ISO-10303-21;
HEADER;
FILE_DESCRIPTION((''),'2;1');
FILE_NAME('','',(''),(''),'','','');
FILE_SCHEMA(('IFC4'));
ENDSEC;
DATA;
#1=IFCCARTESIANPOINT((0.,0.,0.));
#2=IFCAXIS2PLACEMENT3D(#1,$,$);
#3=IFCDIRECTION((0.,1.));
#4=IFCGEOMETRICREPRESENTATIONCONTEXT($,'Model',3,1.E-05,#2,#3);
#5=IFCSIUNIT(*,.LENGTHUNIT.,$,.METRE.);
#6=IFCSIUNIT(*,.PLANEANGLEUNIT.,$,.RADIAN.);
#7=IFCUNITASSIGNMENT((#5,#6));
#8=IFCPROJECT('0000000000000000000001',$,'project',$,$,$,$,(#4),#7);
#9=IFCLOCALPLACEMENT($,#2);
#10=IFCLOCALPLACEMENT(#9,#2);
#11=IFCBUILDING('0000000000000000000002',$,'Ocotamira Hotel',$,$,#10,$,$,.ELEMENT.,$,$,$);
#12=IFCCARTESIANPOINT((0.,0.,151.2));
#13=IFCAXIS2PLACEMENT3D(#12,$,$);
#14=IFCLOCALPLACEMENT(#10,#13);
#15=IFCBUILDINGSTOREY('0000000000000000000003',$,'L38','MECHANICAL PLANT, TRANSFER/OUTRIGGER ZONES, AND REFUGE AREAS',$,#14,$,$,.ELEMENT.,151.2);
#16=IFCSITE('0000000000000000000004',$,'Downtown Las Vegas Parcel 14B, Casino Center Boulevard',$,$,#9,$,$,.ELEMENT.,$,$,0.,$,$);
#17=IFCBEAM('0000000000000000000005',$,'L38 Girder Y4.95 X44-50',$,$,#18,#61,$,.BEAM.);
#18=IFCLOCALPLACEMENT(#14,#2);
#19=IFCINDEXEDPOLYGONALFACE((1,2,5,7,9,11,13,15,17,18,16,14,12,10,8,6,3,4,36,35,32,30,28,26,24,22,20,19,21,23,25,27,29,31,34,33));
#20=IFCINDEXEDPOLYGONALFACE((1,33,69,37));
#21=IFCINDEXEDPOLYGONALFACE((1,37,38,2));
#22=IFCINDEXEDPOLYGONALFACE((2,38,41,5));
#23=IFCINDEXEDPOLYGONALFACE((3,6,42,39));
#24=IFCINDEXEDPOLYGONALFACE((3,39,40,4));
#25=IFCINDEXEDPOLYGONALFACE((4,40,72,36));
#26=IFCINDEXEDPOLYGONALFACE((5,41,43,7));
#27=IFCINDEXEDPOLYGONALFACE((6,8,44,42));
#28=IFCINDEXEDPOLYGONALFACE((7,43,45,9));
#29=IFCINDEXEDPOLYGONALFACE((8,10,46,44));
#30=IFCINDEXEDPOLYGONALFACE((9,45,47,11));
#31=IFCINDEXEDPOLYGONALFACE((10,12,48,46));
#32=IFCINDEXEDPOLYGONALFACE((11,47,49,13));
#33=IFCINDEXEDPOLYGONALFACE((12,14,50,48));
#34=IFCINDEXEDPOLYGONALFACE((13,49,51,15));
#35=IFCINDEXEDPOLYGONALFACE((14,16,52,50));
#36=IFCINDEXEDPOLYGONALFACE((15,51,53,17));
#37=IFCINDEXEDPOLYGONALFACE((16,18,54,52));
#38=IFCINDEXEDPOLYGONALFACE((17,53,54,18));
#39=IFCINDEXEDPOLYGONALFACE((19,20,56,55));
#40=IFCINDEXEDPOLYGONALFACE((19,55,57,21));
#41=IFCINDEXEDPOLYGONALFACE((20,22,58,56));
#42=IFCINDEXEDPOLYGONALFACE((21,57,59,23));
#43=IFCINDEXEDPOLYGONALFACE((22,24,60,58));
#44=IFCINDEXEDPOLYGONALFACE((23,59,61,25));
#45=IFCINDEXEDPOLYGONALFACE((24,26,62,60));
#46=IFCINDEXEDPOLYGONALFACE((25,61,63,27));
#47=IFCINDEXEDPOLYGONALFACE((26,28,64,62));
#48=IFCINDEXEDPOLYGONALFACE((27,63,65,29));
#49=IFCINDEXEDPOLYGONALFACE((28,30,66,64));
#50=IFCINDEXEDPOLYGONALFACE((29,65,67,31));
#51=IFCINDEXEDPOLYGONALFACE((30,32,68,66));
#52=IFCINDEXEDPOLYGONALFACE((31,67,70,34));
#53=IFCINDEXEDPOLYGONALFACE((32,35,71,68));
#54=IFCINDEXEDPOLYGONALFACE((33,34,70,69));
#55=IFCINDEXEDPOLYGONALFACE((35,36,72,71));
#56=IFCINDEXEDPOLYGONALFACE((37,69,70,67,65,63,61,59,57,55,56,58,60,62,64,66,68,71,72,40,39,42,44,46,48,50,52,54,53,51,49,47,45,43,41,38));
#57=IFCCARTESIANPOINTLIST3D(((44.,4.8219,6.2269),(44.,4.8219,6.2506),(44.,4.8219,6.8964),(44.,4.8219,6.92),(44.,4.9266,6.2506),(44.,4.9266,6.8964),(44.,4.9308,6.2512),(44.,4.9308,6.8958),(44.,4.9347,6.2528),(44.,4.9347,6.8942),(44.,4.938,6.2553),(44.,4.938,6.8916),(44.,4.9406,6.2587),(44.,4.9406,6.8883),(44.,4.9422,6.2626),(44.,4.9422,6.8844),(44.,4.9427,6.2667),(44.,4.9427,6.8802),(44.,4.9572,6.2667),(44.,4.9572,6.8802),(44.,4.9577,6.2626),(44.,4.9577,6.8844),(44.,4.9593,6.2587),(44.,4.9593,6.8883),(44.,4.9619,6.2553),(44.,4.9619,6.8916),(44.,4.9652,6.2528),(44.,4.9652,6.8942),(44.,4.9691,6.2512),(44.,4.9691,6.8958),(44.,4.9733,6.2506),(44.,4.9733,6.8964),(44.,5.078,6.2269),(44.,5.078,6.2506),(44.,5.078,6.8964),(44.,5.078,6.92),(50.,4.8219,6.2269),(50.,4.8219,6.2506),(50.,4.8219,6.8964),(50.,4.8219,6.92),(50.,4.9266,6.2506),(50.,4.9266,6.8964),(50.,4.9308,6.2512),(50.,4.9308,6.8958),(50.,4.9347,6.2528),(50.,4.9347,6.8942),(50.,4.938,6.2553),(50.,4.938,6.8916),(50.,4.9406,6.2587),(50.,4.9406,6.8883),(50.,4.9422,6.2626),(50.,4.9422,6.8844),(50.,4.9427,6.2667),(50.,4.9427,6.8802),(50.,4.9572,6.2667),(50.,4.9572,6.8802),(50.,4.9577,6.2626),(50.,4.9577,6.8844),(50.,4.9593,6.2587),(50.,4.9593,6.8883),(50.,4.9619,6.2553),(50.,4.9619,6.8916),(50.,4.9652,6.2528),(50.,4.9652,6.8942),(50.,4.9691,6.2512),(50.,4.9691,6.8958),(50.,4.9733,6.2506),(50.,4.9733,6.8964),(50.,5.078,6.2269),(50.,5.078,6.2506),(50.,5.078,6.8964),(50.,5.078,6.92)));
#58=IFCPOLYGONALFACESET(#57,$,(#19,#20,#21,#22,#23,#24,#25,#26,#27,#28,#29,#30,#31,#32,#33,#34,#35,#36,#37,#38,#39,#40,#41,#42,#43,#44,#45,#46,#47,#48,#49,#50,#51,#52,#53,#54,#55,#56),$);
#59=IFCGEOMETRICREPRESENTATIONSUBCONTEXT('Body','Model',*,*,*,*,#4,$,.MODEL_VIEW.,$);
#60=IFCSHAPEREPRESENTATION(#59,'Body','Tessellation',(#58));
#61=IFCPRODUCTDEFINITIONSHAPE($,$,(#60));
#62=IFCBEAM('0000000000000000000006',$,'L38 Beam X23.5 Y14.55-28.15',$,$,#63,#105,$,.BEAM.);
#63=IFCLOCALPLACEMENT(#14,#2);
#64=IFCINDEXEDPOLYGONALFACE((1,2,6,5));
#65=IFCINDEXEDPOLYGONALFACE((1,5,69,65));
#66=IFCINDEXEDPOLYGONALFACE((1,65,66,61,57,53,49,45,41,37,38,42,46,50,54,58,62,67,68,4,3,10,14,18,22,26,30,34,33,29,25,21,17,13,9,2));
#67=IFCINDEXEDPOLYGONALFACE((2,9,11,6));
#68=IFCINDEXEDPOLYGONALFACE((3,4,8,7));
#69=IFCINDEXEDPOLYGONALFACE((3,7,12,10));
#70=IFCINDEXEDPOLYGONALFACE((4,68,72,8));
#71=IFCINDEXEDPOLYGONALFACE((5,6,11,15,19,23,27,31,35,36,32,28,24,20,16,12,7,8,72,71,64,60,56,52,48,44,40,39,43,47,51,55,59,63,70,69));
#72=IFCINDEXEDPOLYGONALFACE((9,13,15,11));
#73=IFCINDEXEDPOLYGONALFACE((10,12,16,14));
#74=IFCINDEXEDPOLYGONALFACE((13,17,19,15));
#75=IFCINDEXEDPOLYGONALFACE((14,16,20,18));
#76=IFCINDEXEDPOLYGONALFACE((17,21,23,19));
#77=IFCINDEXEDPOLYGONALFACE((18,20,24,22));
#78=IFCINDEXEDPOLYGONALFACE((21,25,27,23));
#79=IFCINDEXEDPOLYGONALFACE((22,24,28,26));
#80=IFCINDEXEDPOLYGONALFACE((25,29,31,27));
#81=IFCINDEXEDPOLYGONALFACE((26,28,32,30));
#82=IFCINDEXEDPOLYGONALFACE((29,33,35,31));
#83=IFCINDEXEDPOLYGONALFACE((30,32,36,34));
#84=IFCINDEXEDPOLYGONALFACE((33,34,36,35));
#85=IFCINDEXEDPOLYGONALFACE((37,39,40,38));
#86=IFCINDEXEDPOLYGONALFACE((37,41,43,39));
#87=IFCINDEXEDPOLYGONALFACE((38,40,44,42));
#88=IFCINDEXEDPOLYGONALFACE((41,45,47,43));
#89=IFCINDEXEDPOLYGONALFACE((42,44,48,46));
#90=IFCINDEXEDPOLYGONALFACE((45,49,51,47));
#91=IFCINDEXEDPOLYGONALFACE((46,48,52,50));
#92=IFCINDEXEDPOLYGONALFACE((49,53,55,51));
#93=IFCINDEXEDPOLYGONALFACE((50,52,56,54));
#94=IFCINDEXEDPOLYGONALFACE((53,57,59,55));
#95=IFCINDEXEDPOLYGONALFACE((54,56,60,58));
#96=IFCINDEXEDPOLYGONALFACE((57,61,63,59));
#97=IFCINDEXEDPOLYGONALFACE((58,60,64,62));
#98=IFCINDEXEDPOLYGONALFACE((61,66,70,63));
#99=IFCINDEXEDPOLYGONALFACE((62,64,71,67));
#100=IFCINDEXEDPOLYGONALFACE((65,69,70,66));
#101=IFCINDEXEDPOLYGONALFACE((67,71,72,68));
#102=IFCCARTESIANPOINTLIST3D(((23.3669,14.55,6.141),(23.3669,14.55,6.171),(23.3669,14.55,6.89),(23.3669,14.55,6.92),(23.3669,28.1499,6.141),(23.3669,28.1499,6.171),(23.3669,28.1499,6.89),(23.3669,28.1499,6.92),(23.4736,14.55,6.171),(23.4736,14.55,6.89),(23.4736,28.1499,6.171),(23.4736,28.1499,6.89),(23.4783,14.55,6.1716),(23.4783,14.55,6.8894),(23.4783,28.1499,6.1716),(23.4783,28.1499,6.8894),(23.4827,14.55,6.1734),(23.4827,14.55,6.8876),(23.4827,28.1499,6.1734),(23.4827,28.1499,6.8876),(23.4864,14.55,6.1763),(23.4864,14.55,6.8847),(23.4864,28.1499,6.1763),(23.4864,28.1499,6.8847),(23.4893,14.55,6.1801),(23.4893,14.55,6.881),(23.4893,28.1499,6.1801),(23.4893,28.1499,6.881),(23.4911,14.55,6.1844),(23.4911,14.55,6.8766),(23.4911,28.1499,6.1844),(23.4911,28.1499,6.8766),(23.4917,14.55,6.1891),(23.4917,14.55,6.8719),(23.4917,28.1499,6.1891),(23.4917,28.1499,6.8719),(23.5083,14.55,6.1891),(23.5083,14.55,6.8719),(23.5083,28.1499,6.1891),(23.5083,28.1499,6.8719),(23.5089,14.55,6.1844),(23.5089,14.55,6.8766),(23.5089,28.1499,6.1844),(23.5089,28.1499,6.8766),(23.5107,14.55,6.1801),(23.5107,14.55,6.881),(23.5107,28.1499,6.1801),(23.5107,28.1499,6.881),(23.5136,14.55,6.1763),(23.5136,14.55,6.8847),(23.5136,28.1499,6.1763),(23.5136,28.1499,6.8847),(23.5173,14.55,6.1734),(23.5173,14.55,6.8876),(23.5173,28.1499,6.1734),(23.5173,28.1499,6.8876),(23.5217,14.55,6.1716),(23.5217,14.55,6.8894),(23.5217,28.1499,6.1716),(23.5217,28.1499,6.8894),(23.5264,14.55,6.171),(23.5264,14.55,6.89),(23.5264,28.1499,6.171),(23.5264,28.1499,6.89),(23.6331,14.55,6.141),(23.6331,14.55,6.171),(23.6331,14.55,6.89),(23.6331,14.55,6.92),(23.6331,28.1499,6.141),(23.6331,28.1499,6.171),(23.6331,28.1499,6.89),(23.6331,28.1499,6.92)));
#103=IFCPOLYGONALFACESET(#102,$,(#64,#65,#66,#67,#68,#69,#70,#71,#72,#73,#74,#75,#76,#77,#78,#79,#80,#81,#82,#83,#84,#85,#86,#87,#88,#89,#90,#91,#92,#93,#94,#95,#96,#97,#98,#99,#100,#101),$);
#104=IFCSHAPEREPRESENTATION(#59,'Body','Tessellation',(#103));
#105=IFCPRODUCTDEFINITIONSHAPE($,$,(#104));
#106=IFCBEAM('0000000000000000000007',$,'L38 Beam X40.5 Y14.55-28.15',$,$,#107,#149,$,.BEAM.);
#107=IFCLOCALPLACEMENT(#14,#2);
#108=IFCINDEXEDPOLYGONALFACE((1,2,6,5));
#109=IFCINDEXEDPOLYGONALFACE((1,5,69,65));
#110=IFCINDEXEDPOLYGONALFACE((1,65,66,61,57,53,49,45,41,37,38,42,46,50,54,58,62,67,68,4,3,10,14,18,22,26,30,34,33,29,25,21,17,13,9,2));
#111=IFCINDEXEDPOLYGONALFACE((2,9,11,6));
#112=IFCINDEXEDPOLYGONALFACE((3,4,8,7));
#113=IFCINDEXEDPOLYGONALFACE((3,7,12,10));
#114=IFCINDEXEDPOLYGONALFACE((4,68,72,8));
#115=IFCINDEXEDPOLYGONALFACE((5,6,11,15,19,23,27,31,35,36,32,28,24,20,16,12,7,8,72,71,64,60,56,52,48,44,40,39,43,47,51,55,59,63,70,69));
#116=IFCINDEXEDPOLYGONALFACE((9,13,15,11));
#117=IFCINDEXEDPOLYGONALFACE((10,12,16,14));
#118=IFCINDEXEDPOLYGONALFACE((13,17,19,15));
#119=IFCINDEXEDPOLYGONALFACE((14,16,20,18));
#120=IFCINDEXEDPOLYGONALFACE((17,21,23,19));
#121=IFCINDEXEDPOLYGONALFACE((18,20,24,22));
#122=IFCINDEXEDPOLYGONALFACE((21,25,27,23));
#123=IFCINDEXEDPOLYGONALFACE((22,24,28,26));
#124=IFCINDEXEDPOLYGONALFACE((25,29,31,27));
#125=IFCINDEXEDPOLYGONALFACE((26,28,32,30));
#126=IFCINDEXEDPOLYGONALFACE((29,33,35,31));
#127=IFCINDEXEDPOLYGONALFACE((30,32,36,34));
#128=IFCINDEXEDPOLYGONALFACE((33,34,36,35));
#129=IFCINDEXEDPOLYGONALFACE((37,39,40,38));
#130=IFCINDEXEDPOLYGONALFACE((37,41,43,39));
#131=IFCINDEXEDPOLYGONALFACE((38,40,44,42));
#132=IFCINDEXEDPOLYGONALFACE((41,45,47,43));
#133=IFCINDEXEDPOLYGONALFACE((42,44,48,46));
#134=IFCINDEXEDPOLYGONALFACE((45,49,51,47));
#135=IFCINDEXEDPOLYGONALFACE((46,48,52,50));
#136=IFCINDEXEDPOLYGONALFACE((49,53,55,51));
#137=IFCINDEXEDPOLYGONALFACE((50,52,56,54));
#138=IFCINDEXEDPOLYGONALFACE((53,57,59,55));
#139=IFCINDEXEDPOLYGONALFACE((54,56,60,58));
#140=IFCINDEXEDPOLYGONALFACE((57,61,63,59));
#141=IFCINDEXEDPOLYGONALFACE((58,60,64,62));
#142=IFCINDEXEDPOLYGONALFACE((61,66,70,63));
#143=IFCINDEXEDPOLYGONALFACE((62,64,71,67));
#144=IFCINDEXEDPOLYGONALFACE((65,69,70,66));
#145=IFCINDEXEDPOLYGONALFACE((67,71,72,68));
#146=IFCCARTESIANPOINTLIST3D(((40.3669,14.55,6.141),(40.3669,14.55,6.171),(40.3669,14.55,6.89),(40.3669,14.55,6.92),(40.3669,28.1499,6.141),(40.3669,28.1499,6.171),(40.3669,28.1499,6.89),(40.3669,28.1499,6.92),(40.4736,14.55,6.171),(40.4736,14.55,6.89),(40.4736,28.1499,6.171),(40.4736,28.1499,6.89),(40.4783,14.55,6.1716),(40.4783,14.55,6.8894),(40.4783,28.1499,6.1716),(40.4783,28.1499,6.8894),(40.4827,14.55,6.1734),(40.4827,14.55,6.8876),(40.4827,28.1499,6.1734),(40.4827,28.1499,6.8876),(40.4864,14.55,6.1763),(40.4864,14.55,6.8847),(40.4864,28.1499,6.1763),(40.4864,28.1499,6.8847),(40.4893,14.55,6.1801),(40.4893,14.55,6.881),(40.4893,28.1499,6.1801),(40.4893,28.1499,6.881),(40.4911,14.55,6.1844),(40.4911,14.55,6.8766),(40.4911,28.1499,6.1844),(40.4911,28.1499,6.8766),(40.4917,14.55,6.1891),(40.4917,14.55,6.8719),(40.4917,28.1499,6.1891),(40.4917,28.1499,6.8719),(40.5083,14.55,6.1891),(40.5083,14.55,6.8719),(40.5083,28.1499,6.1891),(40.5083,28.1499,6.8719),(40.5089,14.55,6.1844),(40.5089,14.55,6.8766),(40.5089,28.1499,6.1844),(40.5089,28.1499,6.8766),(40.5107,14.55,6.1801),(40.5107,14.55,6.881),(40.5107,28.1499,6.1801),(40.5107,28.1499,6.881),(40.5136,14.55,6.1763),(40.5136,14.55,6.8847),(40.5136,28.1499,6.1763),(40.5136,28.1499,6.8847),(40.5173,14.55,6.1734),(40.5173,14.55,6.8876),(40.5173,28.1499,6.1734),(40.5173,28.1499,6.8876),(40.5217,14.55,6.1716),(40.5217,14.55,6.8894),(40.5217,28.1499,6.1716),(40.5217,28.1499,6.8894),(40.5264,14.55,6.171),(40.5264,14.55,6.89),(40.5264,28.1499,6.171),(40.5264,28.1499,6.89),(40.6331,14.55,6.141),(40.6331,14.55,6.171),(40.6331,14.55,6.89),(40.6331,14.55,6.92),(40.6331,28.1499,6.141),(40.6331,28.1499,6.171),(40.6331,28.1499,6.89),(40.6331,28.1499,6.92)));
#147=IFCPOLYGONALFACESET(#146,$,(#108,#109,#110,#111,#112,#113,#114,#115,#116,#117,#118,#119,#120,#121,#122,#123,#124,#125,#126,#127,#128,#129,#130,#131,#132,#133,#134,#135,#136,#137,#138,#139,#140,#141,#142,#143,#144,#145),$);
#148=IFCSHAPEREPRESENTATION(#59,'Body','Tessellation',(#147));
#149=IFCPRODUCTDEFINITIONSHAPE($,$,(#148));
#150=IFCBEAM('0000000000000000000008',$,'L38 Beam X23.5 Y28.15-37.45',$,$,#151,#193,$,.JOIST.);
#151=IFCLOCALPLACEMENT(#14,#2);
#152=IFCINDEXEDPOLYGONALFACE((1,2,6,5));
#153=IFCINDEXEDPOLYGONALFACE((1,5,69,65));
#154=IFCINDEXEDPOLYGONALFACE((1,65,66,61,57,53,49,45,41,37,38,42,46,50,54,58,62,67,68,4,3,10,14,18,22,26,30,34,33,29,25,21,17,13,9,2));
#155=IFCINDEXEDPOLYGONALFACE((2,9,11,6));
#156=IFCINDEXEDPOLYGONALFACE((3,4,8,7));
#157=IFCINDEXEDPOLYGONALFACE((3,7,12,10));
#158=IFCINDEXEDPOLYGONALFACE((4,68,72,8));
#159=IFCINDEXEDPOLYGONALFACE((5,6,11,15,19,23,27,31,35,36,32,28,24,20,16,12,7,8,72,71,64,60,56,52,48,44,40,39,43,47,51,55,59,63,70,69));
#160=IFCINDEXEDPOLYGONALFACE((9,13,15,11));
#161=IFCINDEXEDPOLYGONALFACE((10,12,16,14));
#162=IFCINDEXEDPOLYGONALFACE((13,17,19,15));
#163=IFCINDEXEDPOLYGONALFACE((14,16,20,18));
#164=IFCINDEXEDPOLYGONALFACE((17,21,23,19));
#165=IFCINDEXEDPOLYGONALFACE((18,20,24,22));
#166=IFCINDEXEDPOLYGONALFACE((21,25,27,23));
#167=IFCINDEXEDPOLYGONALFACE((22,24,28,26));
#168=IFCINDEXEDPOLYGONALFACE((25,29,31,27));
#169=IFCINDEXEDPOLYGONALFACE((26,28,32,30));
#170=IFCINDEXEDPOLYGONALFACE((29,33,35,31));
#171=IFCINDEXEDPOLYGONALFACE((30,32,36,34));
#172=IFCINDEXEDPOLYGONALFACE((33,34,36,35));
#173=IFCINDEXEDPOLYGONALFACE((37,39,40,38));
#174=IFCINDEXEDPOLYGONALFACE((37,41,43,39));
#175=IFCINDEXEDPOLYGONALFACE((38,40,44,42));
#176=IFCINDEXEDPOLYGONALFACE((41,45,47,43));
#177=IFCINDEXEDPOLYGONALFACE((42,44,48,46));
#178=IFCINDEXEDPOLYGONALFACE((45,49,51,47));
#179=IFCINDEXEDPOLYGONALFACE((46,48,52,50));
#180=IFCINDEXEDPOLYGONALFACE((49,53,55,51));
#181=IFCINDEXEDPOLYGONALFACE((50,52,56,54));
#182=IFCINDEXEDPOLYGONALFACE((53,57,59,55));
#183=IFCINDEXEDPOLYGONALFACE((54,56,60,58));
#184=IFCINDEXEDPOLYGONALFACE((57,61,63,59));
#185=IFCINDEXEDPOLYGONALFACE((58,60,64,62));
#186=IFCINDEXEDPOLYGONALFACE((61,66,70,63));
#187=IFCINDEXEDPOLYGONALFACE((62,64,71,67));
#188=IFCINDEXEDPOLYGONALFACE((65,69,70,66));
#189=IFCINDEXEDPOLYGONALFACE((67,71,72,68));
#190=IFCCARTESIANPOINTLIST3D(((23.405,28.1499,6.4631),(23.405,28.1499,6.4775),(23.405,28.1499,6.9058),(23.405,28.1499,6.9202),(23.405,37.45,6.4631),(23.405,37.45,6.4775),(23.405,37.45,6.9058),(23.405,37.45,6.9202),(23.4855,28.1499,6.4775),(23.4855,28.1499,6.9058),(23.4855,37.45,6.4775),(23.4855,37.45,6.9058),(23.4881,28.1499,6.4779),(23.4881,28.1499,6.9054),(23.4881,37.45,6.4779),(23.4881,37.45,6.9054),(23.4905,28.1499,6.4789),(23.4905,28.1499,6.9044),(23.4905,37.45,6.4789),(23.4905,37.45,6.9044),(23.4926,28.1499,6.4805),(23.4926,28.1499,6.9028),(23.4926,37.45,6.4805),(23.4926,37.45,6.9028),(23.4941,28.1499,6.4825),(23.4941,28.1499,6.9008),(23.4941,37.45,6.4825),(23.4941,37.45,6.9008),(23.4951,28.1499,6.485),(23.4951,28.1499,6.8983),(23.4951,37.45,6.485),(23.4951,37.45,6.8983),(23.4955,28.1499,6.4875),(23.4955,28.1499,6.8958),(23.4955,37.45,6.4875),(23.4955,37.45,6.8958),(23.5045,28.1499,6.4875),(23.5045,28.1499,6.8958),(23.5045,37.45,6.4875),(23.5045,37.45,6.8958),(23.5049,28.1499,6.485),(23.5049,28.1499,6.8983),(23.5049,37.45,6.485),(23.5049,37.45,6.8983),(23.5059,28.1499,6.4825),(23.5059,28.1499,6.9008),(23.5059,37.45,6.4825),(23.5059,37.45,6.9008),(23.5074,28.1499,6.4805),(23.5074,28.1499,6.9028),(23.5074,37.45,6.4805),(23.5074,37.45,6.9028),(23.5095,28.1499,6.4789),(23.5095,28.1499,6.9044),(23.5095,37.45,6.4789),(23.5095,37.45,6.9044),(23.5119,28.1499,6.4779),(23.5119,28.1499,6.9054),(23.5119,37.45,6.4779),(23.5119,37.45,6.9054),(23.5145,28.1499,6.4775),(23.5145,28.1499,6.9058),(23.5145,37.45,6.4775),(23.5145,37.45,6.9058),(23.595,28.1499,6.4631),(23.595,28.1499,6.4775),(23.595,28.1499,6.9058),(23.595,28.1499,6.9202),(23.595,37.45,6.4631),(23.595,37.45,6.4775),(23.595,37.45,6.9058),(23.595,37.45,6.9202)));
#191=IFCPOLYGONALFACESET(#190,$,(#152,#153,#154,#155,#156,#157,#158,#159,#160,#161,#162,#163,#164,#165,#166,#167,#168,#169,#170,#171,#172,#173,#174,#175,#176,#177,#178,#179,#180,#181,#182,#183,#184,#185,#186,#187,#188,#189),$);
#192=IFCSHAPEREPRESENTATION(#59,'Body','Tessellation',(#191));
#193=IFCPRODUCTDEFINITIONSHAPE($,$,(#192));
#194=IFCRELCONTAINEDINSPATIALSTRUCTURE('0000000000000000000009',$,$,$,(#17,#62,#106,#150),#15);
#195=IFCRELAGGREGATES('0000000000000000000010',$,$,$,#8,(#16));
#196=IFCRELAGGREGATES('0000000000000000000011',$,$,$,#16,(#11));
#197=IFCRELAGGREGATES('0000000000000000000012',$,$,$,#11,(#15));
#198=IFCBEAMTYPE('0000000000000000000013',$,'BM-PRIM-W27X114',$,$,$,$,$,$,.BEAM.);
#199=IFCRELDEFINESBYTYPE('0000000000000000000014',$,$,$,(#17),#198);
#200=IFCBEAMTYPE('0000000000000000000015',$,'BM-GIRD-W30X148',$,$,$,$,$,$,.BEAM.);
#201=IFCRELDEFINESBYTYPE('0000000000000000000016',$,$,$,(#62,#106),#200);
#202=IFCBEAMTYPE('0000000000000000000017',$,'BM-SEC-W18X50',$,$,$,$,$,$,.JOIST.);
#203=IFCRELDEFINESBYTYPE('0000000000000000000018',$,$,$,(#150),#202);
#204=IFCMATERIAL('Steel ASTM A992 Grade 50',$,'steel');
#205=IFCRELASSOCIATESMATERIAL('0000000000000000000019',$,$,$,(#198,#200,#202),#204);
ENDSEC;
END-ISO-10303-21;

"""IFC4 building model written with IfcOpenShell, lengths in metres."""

from ifc_helpers import new_model, si_unit, direction, frame, origin, origin_2d, place, context, subcontext, project, spatial, i_section, extrude, source, transform, mapped, material, material_profile, profile_set, type_object, element, save


model = new_model("IFC4")

# Units and contexts
model_context = context("Model", 3, precision=1e-05, world=origin(), true_north=direction((0.0, 1.0)))
body_context = subcontext(model_context, "Body", "Model", "MODEL_VIEW")
ifc_project = project(units=[si_unit("LENGTHUNIT", "METRE"), si_unit("PLANEANGLEUNIT", "RADIAN")], contexts=[model_context])

# Site, building, storey
site_placement = place(None, origin())
site = spatial("IfcSite", under=ifc_project, at=site_placement, Name="Downtown Las Vegas Parcel 14B, Casino Center Boulevard", CompositionType="ELEMENT", RefElevation=0.0)
building_placement = place(site_placement, origin())
building = spatial("IfcBuilding", under=site, at=building_placement, Name="Ocotamira Hotel", CompositionType="ELEMENT")
storey_placement = place(building_placement, frame((0.0, 0.0, 151.2)))
storey = spatial("IfcBuildingStorey", under=building, at=storey_placement, Name="L38", Description="MECHANICAL PLANT, TRANSFER/OUTRIGGER ZONES, AND REFUGE AREAS", CompositionType="ELEMENT", Elevation=151.2)

# Beams
ifc_material_1 = material(Name="Steel ASTM A992 Grade 50", Category="steel")
ifc_material_profile_1 = material_profile(ifc_material_1, i_section(OverallWidth=0.2561, OverallDepth=0.6931, WebThickness=0.0144, FlangeThickness=0.0237, FilletRadius=0.0161, at=origin_2d()), Name="W27X114")
ifc_profile_set_1 = profile_set([ifc_material_profile_1], Name="Steel ASTM A992 Grade 50")
beam_type_1 = type_object("IfcBeamType", Name="BM-PRIM-W27X114", PredefinedType="BEAM", material=ifc_profile_set_1)
shared_shape_1 = source(origin(), body_context, "Body", "SweptSolid", [
    extrude(i_section(OverallWidth=0.2561, OverallDepth=0.6931, WebThickness=0.0144, FlangeThickness=0.0237, FilletRadius=0.0161, at=origin_2d()), origin(), (0.0, 0.0, 1.0), 6.0),
])
beam_1_placement = place(storey_placement, frame((44.0, 4.95, 6.5735), z_axis=(1.0, 0.0, 0.0), x_axis=(0.0, 1.0, 0.0)))
element("IfcBeam", 1, at=beam_1_placement, inside=storey, type_object=beam_type_1, Name="L38 Girder Y4.95 X44-50", PredefinedType="BEAM", context=body_context, shape_type="MappedRepresentation", body=[
    mapped(shared_shape_1, transform((0.0, 0.0, 0.0), scale=1.0)),
])
ifc_material_profile_2 = material_profile(ifc_material_1, i_section(OverallWidth=0.2661, OverallDepth=0.7791, WebThickness=0.0166, FlangeThickness=0.03, FilletRadius=0.0181, at=origin_2d()), Name="W30X148")
ifc_profile_set_2 = profile_set([ifc_material_profile_2], Name="Steel ASTM A992 Grade 50")
beam_type_2 = type_object("IfcBeamType", Name="BM-GIRD-W30X148", PredefinedType="BEAM", material=ifc_profile_set_2)
shared_shape_2 = source(origin(), body_context, "Body", "SweptSolid", [
    extrude(i_section(OverallWidth=0.2661, OverallDepth=0.7791, WebThickness=0.0166, FlangeThickness=0.03, FilletRadius=0.0181, at=origin_2d()), origin(), (0.0, 0.0, 1.0), 13.5999),
])
for number, where, z_axis, x_axis, name in (
    (2, (23.5, 14.55, 6.5305), (0.0, 1.0, 0.0), (-1.0, 0.0, 0.0), "L38 Beam X23.5 Y14.55-28.15"),
    (3, (40.5, 14.55, 6.5305), (0.0, 1.0, 0.0), (-1.0, 0.0, 0.0), "L38 Beam X40.5 Y14.55-28.15"),
):
    element("IfcBeam", number, at=place(storey_placement, frame(where, z_axis=z_axis, x_axis=x_axis)), inside=storey, type_object=beam_type_2, Name=name, PredefinedType="BEAM", context=body_context, shape_type="MappedRepresentation", body=[
        mapped(shared_shape_2, transform((0.0, 0.0, 0.0), scale=1.0)),
    ])
ifc_material_profile_3 = material_profile(ifc_material_1, i_section(OverallWidth=0.1899, OverallDepth=0.457, WebThickness=0.009, FlangeThickness=0.0144, FilletRadius=0.01, at=origin_2d()), Name="W18X50")
ifc_profile_set_3 = profile_set([ifc_material_profile_3], Name="Steel ASTM A992 Grade 50")
beam_type_3 = type_object("IfcBeamType", Name="BM-SEC-W18X50", PredefinedType="JOIST", material=ifc_profile_set_3)
shared_shape_3 = source(origin(), body_context, "Body", "SweptSolid", [
    extrude(i_section(OverallWidth=0.1899, OverallDepth=0.457, WebThickness=0.009, FlangeThickness=0.0144, FilletRadius=0.01, at=origin_2d()), origin(), (0.0, 0.0, 1.0), 9.3),
])
for number, where, z_axis, x_axis, name in (
    (4, (23.5, 28.1499, 6.6917), (0.0, 1.0, 0.0), (-1.0, 0.0, 0.0), "L38 Beam X23.5 Y28.15-37.45"),
):
    element("IfcBeam", number, at=place(storey_placement, frame(where, z_axis=z_axis, x_axis=x_axis)), inside=storey, type_object=beam_type_3, Name=name, PredefinedType="JOIST", context=body_context, shape_type="MappedRepresentation", body=[
        mapped(shared_shape_3, transform((0.0, 0.0, 0.0), scale=1.0)),
    ])

save(model, "model.ifc")
